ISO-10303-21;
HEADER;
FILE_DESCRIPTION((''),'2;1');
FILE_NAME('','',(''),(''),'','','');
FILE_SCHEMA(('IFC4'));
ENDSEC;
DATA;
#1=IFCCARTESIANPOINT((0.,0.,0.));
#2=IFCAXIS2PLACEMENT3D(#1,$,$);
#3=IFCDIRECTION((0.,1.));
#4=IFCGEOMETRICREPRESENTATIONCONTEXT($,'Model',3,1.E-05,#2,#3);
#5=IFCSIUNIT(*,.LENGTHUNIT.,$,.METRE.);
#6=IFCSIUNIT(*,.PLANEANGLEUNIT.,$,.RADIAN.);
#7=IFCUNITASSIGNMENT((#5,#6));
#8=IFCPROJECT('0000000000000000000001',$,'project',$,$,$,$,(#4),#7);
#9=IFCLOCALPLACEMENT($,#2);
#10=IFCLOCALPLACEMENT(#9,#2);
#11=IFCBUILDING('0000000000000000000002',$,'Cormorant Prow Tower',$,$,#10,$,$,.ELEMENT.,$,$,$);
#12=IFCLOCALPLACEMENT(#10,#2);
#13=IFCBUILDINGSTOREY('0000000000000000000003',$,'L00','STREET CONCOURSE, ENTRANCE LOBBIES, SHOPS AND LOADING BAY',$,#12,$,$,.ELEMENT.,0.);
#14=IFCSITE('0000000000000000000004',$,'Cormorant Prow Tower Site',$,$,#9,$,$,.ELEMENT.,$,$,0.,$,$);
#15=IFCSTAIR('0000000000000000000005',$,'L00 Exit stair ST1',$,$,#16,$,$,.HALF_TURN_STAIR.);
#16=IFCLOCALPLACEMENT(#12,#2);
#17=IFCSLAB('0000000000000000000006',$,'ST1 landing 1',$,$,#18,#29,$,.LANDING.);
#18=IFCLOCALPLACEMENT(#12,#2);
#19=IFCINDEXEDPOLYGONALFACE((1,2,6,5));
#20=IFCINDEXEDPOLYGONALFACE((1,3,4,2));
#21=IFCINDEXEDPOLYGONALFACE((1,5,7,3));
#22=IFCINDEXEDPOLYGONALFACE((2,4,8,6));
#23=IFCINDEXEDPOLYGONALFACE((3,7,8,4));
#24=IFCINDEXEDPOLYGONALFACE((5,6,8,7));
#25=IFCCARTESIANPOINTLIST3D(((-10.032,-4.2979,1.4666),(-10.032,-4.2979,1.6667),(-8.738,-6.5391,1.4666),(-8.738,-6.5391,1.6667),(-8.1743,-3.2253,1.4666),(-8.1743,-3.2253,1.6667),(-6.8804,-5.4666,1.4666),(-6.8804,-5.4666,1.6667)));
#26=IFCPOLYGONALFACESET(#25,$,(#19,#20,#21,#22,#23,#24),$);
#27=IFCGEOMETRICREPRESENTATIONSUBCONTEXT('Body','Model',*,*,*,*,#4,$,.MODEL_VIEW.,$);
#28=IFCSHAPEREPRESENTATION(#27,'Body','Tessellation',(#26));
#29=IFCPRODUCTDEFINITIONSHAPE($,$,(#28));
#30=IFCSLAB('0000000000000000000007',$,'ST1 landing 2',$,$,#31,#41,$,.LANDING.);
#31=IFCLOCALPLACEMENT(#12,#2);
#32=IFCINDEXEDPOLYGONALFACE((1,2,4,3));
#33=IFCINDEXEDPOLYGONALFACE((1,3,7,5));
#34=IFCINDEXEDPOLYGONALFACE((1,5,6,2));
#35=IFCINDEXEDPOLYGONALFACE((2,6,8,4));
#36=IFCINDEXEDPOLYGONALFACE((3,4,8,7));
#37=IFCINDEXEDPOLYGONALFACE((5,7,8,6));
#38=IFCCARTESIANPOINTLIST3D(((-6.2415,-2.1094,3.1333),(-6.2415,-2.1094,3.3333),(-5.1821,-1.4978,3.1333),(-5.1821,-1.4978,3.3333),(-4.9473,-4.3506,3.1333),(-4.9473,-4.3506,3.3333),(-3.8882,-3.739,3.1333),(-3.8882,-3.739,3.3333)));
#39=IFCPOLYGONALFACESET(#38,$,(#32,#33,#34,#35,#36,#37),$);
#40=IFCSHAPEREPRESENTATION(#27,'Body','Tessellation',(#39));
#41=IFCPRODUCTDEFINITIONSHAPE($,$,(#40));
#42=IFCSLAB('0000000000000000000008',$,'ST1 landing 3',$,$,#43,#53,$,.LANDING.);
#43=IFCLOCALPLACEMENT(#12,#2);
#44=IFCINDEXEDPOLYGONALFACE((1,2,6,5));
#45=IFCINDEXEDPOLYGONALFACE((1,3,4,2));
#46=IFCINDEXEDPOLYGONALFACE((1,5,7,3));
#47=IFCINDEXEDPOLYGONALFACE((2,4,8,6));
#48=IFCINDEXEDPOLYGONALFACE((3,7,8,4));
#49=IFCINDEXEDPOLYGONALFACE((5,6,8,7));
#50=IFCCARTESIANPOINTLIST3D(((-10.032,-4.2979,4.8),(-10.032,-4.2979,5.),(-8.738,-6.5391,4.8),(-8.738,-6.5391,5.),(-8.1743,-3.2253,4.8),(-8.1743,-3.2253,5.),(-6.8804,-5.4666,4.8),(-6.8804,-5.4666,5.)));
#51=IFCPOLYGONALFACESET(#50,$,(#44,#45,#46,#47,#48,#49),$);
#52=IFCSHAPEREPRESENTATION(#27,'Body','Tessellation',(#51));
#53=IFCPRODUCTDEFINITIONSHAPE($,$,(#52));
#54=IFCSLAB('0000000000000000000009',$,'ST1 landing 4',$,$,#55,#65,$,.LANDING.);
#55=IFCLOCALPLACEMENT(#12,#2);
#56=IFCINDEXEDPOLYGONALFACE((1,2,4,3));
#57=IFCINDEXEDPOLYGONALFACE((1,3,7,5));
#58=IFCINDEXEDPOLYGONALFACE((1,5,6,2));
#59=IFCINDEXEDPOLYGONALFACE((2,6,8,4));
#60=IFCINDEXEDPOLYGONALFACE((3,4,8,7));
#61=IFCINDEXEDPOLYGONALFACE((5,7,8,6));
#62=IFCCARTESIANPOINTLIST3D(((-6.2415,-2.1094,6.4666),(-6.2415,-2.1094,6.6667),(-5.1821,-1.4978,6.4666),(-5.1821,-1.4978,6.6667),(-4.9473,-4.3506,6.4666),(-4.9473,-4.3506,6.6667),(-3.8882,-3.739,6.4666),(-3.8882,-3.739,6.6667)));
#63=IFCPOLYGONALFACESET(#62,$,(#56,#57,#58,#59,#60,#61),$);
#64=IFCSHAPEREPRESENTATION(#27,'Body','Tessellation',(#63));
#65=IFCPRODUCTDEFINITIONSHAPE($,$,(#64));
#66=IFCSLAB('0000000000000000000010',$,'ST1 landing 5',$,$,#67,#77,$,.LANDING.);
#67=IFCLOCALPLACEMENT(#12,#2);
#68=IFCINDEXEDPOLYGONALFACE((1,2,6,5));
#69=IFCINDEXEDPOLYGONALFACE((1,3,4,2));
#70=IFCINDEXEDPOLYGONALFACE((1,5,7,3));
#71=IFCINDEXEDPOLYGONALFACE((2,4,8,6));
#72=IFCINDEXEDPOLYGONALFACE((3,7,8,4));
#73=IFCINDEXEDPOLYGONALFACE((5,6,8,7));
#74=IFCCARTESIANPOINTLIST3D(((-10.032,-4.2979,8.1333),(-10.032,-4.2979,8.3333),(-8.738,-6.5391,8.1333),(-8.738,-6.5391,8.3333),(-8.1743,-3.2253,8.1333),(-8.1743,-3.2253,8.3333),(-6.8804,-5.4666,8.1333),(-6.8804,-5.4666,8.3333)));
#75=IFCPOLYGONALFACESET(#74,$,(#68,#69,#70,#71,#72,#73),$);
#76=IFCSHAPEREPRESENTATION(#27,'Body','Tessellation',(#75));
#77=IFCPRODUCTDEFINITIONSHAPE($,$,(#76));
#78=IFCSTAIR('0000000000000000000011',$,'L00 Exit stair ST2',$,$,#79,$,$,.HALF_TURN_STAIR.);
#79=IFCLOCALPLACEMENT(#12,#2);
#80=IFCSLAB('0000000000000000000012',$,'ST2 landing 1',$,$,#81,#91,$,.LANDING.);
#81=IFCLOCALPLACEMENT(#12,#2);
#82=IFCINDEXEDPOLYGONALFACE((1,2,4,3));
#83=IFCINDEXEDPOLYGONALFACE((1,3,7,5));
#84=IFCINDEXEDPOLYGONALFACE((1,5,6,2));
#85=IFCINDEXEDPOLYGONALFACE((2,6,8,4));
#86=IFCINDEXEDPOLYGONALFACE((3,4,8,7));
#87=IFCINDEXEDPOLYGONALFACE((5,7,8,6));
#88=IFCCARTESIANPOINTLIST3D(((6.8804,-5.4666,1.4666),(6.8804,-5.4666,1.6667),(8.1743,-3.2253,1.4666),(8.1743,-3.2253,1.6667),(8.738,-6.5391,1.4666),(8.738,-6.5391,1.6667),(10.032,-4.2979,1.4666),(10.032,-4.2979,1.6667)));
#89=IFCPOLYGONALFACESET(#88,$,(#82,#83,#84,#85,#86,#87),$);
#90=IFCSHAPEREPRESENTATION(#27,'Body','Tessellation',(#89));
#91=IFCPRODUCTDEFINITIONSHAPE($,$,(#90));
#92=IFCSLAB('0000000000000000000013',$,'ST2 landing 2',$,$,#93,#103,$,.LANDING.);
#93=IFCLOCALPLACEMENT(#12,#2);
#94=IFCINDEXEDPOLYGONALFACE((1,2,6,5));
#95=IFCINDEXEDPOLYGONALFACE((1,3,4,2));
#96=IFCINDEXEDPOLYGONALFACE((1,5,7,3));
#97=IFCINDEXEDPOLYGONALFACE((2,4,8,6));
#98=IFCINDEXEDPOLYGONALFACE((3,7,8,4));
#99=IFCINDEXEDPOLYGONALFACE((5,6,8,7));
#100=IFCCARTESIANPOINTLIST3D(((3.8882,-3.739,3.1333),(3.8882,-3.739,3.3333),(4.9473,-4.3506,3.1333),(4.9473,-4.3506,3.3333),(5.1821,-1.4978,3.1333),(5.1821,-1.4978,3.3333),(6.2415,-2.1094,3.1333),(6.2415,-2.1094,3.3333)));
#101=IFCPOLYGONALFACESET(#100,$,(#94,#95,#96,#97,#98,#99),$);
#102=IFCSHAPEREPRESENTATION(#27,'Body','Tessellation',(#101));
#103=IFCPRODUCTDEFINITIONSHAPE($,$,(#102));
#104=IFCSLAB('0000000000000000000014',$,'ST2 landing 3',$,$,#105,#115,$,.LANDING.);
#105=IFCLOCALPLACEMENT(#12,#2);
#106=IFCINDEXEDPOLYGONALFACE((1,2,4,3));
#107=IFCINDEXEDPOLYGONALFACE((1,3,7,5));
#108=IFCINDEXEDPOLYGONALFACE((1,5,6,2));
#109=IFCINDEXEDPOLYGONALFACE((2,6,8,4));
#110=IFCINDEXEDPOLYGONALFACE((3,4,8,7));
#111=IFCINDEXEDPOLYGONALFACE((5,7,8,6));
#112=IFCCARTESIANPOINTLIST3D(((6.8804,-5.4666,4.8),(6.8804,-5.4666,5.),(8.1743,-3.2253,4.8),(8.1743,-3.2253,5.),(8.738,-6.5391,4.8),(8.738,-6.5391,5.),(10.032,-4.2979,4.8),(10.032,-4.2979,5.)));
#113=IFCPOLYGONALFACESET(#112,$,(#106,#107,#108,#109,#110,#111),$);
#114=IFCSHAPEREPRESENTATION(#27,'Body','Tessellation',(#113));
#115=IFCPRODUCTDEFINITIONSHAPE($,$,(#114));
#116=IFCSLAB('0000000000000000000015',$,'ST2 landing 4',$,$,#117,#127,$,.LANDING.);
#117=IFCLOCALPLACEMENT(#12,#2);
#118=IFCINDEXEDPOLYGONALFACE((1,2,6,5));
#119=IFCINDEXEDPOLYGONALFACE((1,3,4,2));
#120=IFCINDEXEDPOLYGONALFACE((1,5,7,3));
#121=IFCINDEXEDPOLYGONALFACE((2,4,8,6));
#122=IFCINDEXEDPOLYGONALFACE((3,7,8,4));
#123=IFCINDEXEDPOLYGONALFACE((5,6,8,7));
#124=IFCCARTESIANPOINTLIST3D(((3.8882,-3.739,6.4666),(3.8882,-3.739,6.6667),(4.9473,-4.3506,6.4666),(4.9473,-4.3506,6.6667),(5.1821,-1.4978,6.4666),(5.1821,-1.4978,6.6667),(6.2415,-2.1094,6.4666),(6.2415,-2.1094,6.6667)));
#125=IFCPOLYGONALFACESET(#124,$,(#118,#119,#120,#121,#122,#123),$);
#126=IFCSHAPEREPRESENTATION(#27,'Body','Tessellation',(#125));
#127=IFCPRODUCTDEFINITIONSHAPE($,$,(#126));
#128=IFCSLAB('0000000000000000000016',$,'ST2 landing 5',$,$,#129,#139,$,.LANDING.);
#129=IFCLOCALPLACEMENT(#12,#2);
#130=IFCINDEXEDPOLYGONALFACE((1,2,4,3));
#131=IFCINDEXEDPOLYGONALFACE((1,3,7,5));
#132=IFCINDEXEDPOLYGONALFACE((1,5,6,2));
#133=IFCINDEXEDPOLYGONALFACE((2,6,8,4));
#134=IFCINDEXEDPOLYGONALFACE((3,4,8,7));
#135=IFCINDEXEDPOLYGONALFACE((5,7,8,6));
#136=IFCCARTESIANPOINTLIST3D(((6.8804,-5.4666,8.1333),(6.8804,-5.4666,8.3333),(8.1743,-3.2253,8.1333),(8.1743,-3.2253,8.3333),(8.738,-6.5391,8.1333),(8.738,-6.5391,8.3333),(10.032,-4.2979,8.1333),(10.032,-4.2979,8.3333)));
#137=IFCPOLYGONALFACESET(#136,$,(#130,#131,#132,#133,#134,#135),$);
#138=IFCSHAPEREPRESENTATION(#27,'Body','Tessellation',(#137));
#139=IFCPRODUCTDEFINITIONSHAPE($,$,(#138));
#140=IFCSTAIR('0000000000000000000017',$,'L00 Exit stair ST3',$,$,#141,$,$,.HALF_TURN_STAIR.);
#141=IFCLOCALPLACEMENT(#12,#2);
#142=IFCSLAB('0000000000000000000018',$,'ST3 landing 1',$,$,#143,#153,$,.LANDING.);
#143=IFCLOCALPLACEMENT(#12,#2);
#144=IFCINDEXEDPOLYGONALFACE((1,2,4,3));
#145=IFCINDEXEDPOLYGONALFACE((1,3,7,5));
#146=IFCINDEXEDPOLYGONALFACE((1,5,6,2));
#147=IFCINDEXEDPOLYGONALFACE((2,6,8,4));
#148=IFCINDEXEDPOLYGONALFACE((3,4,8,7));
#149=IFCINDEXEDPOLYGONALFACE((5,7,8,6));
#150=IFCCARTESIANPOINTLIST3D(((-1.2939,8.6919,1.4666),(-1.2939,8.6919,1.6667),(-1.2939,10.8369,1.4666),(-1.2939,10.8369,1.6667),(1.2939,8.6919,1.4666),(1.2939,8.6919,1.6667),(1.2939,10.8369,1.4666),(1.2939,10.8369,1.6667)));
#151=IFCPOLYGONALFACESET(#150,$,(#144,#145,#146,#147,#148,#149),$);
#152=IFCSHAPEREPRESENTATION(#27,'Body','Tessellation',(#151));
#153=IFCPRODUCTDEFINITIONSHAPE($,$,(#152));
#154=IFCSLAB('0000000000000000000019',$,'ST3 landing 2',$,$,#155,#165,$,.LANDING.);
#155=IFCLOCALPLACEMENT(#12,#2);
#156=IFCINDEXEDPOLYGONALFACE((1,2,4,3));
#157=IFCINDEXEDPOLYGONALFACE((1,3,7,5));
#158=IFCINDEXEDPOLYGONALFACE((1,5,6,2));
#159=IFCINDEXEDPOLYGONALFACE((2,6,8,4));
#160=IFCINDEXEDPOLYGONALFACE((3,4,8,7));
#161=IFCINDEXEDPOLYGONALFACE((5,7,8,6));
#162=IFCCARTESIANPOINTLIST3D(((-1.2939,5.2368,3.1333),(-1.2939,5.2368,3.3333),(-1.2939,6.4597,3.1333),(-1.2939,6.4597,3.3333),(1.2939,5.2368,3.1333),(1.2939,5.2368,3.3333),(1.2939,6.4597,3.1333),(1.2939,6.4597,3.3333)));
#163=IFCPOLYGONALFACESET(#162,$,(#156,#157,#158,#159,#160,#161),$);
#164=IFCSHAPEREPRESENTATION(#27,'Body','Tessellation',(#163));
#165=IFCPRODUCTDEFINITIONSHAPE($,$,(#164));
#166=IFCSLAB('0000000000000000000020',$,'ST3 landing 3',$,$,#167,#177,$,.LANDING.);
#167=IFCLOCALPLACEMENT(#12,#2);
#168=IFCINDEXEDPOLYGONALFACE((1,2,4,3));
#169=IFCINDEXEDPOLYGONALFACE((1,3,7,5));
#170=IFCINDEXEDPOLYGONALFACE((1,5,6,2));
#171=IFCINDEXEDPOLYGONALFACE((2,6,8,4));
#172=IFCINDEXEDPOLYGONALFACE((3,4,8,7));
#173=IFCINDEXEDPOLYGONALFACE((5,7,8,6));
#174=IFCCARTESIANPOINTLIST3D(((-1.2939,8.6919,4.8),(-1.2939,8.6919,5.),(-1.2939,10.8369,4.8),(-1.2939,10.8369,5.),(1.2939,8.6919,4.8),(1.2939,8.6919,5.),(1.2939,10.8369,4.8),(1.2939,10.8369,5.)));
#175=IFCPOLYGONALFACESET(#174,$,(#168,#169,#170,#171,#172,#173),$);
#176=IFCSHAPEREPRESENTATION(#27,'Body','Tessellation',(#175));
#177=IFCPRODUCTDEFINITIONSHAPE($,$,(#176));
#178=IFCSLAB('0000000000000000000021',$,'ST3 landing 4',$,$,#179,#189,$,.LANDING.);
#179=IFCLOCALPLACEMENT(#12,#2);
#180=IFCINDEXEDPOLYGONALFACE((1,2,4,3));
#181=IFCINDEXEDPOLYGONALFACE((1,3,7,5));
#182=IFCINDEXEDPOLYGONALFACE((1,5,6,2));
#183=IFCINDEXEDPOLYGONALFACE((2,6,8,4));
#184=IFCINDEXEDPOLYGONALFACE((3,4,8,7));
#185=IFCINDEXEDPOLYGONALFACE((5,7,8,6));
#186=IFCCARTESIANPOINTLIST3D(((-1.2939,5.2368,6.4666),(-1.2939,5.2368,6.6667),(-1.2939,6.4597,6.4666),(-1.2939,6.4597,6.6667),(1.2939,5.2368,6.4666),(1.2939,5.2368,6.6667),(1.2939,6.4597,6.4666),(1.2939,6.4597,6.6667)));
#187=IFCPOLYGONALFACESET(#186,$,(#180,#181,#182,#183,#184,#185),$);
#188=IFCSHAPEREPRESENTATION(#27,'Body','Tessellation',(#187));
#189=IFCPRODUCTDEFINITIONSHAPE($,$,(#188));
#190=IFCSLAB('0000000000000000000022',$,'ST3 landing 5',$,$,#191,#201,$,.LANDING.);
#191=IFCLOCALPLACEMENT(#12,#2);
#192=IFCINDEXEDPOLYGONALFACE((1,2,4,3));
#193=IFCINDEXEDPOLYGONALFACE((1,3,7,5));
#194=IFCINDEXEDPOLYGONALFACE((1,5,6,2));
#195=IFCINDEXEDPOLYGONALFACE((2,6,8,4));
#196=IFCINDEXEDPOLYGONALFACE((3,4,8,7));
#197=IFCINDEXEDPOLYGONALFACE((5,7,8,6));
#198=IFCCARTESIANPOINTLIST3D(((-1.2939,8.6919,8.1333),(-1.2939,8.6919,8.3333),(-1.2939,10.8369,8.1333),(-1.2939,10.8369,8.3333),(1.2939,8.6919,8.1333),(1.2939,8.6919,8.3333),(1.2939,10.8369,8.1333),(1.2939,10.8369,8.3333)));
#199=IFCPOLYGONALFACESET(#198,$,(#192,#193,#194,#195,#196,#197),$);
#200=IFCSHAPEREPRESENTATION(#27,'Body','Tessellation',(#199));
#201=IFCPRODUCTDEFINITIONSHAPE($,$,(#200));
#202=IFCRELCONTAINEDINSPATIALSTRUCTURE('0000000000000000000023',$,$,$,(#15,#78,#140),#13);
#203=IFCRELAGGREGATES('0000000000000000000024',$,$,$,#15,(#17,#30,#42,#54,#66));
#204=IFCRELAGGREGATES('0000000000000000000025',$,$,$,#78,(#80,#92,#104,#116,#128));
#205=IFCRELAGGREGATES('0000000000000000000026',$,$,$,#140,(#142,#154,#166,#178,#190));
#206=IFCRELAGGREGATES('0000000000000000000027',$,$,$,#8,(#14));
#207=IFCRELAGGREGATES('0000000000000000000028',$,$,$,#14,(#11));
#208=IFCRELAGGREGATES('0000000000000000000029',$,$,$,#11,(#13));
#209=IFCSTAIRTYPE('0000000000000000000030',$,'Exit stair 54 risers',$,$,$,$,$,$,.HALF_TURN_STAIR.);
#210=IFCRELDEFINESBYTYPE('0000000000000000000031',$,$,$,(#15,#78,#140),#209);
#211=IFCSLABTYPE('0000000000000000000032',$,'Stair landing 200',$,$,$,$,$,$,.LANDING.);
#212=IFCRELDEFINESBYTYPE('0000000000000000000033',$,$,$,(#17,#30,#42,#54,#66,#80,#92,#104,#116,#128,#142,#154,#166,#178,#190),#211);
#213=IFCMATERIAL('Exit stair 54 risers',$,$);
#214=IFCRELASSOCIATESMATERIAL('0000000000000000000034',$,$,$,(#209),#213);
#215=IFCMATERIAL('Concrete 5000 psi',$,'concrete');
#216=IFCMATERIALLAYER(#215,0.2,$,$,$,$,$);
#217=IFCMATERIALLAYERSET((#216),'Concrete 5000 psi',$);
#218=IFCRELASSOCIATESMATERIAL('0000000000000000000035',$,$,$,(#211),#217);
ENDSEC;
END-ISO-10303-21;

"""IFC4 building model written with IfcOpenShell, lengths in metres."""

from ifc_helpers import new_model, si_unit, direction, frame, origin, place, context, subcontext, project, spatial, polyline, outline, extrude, material, layer, layer_set, type_object, element, aggregate, save


model = new_model("IFC4")

# Units and contexts
model_context = context("Model", 3, precision=1e-05, world=origin(), true_north=direction((0.0, 1.0)))
body_context = subcontext(model_context, "Body", "Model", "MODEL_VIEW")
ifc_project = project(units=[si_unit("LENGTHUNIT", "METRE"), si_unit("PLANEANGLEUNIT", "RADIAN")], contexts=[model_context])

# Site, building, storey
site_placement = place(None, origin())
site = spatial("IfcSite", under=ifc_project, at=site_placement, Name="Cormorant Prow Tower Site", CompositionType="ELEMENT", RefElevation=0.0)
building_placement = place(site_placement, origin())
building = spatial("IfcBuilding", under=site, at=building_placement, Name="Cormorant Prow Tower", CompositionType="ELEMENT")
storey_placement = place(building_placement, origin())
storey = spatial("IfcBuildingStorey", under=building, at=storey_placement, Name="L00", Description="STREET CONCOURSE, ENTRANCE LOBBIES, SHOPS AND LOADING BAY", CompositionType="ELEMENT", Elevation=0.0)

# Stairs, slabs
ifc_material_1 = material(Name="Exit stair 54 risers")
stair_type = type_object("IfcStairType", Name="Exit stair 54 risers", PredefinedType="HALF_TURN_STAIR", material=ifc_material_1)
stair_1_placement = place(storey_placement, origin())
stair_1 = element("IfcStair", 1, at=stair_1_placement, inside=storey, type_object=stair_type, Name="L00 Exit stair ST1", PredefinedType="HALF_TURN_STAIR")
ifc_material_2 = material(Name="Concrete 5000 psi", Category="concrete")
ifc_layer_1 = layer(ifc_material_2, 0.2)
ifc_layer_set_1 = layer_set([ifc_layer_1], Name="Concrete 5000 psi")
slab_type = type_object("IfcSlabType", Name="Stair landing 200", PredefinedType="LANDING", material=ifc_layer_set_1)
slab_1_placement = place(storey_placement, frame((0.0, 0.0, 1.4666)))
slab_1 = element("IfcSlab", 2, at=slab_1_placement, type_object=slab_type, Name="ST1 landing 1", PredefinedType="LANDING", context=body_context, shape_type="SweptSolid", body=[
    extrude(outline(polyline([(-8.1743, -3.2253), (-10.032, -4.2979), (-8.738, -6.5391), (-6.8804, -5.4666), (-8.1743, -3.2253)])), origin(), (0.0, 0.0, 1.0), 0.2002),
])
slab_2_placement = place(storey_placement, frame((0.0, 0.0, 3.1333)))
slab_2 = element("IfcSlab", 3, at=slab_2_placement, type_object=slab_type, Name="ST1 landing 2", PredefinedType="LANDING", context=body_context, shape_type="SweptSolid", body=[
    extrude(outline(polyline([(-5.1821, -1.4978), (-6.2415, -2.1094), (-4.9473, -4.3506), (-3.8882, -3.739), (-5.1821, -1.4978)])), origin(), (0.0, 0.0, 1.0), 0.2),
])
slab_3_placement = place(storey_placement, frame((0.0, 0.0, 4.8)))
slab_3 = element("IfcSlab", 4, at=slab_3_placement, type_object=slab_type, Name="ST1 landing 3", PredefinedType="LANDING", context=body_context, shape_type="SweptSolid", body=[
    extrude(outline(polyline([(-8.1743, -3.2253), (-10.032, -4.2979), (-8.738, -6.5391), (-6.8804, -5.4666), (-8.1743, -3.2253)])), origin(), (0.0, 0.0, 1.0), 0.2),
])
slab_4_placement = place(storey_placement, frame((0.0, 0.0, 6.4666)))
slab_4 = element("IfcSlab", 5, at=slab_4_placement, type_object=slab_type, Name="ST1 landing 4", PredefinedType="LANDING", context=body_context, shape_type="SweptSolid", body=[
    extrude(outline(polyline([(-5.1821, -1.4978), (-6.2415, -2.1094), (-4.9473, -4.3506), (-3.8882, -3.739), (-5.1821, -1.4978)])), origin(), (0.0, 0.0, 1.0), 0.2002),
])
slab_5_placement = place(storey_placement, frame((0.0, 0.0, 8.1333)))
slab_5 = element("IfcSlab", 6, at=slab_5_placement, type_object=slab_type, Name="ST1 landing 5", PredefinedType="LANDING", context=body_context, shape_type="SweptSolid", body=[
    extrude(outline(polyline([(-8.1743, -3.2253), (-10.032, -4.2979), (-8.738, -6.5391), (-6.8804, -5.4666), (-8.1743, -3.2253)])), origin(), (0.0, 0.0, 1.0), 0.2),
])
aggregate(stair_1, [slab_1, slab_2, slab_3, slab_4, slab_5])
stair_2_placement = place(storey_placement, origin())
stair_2 = element("IfcStair", 7, at=stair_2_placement, inside=storey, type_object=stair_type, Name="L00 Exit stair ST2", PredefinedType="HALF_TURN_STAIR")
slab_6_placement = place(storey_placement, frame((0.0, 0.0, 1.4666)))
slab_6 = element("IfcSlab", 8, at=slab_6_placement, type_object=slab_type, Name="ST2 landing 1", PredefinedType="LANDING", context=body_context, shape_type="SweptSolid", body=[
    extrude(outline(polyline([(6.8804, -5.4666), (8.738, -6.5391), (10.032, -4.2979), (8.1743, -3.2253), (6.8804, -5.4666)])), origin(), (0.0, 0.0, 1.0), 0.2002),
])
slab_7_placement = place(storey_placement, frame((0.0, 0.0, 3.1333)))
slab_7 = element("IfcSlab", 9, at=slab_7_placement, type_object=slab_type, Name="ST2 landing 2", PredefinedType="LANDING", context=body_context, shape_type="SweptSolid", body=[
    extrude(outline(polyline([(3.8882, -3.739), (4.9473, -4.3506), (6.2415, -2.1094), (5.1821, -1.4978), (3.8882, -3.739)])), origin(), (0.0, 0.0, 1.0), 0.2),
])
slab_8_placement = place(storey_placement, frame((0.0, 0.0, 4.8)))
slab_8 = element("IfcSlab", 10, at=slab_8_placement, type_object=slab_type, Name="ST2 landing 3", PredefinedType="LANDING", context=body_context, shape_type="SweptSolid", body=[
    extrude(outline(polyline([(6.8804, -5.4666), (8.738, -6.5391), (10.032, -4.2979), (8.1743, -3.2253), (6.8804, -5.4666)])), origin(), (0.0, 0.0, 1.0), 0.2),
])
slab_9_placement = place(storey_placement, frame((0.0, 0.0, 6.4666)))
slab_9 = element("IfcSlab", 11, at=slab_9_placement, type_object=slab_type, Name="ST2 landing 4", PredefinedType="LANDING", context=body_context, shape_type="SweptSolid", body=[
    extrude(outline(polyline([(3.8882, -3.739), (4.9473, -4.3506), (6.2415, -2.1094), (5.1821, -1.4978), (3.8882, -3.739)])), origin(), (0.0, 0.0, 1.0), 0.2002),
])
slab_10_placement = place(storey_placement, frame((0.0, 0.0, 8.1333)))
slab_10 = element("IfcSlab", 12, at=slab_10_placement, type_object=slab_type, Name="ST2 landing 5", PredefinedType="LANDING", context=body_context, shape_type="SweptSolid", body=[
    extrude(outline(polyline([(6.8804, -5.4666), (8.738, -6.5391), (10.032, -4.2979), (8.1743, -3.2253), (6.8804, -5.4666)])), origin(), (0.0, 0.0, 1.0), 0.2),
])
aggregate(stair_2, [slab_6, slab_7, slab_8, slab_9, slab_10])
stair_3_placement = place(storey_placement, origin())
stair_3 = element("IfcStair", 13, at=stair_3_placement, inside=storey, type_object=stair_type, Name="L00 Exit stair ST3", PredefinedType="HALF_TURN_STAIR")
slab_11_placement = place(storey_placement, frame((0.0, 0.0, 1.4666)))
slab_11 = element("IfcSlab", 14, at=slab_11_placement, type_object=slab_type, Name="ST3 landing 1", PredefinedType="LANDING", context=body_context, shape_type="SweptSolid", body=[
    extrude(outline(polyline([(1.2939, 8.6919), (1.2939, 10.8369), (-1.2939, 10.8369), (-1.2939, 8.6919), (1.2939, 8.6919)])), origin(), (0.0, 0.0, 1.0), 0.2002),
])
slab_12_placement = place(storey_placement, frame((0.0, 0.0, 3.1333)))
slab_12 = element("IfcSlab", 15, at=slab_12_placement, type_object=slab_type, Name="ST3 landing 2", PredefinedType="LANDING", context=body_context, shape_type="SweptSolid", body=[
    extrude(outline(polyline([(1.2939, 5.2368), (1.2939, 6.4597), (-1.2939, 6.4597), (-1.2939, 5.2368), (1.2939, 5.2368)])), origin(), (0.0, 0.0, 1.0), 0.2),
])
slab_13_placement = place(storey_placement, frame((0.0, 0.0, 4.8)))
slab_13 = element("IfcSlab", 16, at=slab_13_placement, type_object=slab_type, Name="ST3 landing 3", PredefinedType="LANDING", context=body_context, shape_type="SweptSolid", body=[
    extrude(outline(polyline([(1.2939, 8.6919), (1.2939, 10.8369), (-1.2939, 10.8369), (-1.2939, 8.6919), (1.2939, 8.6919)])), origin(), (0.0, 0.0, 1.0), 0.2),
])
slab_14_placement = place(storey_placement, frame((0.0, 0.0, 6.4666)))
slab_14 = element("IfcSlab", 17, at=slab_14_placement, type_object=slab_type, Name="ST3 landing 4", PredefinedType="LANDING", context=body_context, shape_type="SweptSolid", body=[
    extrude(outline(polyline([(1.2939, 5.2368), (1.2939, 6.4597), (-1.2939, 6.4597), (-1.2939, 5.2368), (1.2939, 5.2368)])), origin(), (0.0, 0.0, 1.0), 0.2002),
])
slab_15_placement = place(storey_placement, frame((0.0, 0.0, 8.1333)))
slab_15 = element("IfcSlab", 18, at=slab_15_placement, type_object=slab_type, Name="ST3 landing 5", PredefinedType="LANDING", context=body_context, shape_type="SweptSolid", body=[
    extrude(outline(polyline([(1.2939, 8.6919), (1.2939, 10.8369), (-1.2939, 10.8369), (-1.2939, 8.6919), (1.2939, 8.6919)])), origin(), (0.0, 0.0, 1.0), 0.2),
])

aggregate(stair_3, [slab_11, slab_12, slab_13, slab_14, slab_15])

save(model, "model.ifc")
